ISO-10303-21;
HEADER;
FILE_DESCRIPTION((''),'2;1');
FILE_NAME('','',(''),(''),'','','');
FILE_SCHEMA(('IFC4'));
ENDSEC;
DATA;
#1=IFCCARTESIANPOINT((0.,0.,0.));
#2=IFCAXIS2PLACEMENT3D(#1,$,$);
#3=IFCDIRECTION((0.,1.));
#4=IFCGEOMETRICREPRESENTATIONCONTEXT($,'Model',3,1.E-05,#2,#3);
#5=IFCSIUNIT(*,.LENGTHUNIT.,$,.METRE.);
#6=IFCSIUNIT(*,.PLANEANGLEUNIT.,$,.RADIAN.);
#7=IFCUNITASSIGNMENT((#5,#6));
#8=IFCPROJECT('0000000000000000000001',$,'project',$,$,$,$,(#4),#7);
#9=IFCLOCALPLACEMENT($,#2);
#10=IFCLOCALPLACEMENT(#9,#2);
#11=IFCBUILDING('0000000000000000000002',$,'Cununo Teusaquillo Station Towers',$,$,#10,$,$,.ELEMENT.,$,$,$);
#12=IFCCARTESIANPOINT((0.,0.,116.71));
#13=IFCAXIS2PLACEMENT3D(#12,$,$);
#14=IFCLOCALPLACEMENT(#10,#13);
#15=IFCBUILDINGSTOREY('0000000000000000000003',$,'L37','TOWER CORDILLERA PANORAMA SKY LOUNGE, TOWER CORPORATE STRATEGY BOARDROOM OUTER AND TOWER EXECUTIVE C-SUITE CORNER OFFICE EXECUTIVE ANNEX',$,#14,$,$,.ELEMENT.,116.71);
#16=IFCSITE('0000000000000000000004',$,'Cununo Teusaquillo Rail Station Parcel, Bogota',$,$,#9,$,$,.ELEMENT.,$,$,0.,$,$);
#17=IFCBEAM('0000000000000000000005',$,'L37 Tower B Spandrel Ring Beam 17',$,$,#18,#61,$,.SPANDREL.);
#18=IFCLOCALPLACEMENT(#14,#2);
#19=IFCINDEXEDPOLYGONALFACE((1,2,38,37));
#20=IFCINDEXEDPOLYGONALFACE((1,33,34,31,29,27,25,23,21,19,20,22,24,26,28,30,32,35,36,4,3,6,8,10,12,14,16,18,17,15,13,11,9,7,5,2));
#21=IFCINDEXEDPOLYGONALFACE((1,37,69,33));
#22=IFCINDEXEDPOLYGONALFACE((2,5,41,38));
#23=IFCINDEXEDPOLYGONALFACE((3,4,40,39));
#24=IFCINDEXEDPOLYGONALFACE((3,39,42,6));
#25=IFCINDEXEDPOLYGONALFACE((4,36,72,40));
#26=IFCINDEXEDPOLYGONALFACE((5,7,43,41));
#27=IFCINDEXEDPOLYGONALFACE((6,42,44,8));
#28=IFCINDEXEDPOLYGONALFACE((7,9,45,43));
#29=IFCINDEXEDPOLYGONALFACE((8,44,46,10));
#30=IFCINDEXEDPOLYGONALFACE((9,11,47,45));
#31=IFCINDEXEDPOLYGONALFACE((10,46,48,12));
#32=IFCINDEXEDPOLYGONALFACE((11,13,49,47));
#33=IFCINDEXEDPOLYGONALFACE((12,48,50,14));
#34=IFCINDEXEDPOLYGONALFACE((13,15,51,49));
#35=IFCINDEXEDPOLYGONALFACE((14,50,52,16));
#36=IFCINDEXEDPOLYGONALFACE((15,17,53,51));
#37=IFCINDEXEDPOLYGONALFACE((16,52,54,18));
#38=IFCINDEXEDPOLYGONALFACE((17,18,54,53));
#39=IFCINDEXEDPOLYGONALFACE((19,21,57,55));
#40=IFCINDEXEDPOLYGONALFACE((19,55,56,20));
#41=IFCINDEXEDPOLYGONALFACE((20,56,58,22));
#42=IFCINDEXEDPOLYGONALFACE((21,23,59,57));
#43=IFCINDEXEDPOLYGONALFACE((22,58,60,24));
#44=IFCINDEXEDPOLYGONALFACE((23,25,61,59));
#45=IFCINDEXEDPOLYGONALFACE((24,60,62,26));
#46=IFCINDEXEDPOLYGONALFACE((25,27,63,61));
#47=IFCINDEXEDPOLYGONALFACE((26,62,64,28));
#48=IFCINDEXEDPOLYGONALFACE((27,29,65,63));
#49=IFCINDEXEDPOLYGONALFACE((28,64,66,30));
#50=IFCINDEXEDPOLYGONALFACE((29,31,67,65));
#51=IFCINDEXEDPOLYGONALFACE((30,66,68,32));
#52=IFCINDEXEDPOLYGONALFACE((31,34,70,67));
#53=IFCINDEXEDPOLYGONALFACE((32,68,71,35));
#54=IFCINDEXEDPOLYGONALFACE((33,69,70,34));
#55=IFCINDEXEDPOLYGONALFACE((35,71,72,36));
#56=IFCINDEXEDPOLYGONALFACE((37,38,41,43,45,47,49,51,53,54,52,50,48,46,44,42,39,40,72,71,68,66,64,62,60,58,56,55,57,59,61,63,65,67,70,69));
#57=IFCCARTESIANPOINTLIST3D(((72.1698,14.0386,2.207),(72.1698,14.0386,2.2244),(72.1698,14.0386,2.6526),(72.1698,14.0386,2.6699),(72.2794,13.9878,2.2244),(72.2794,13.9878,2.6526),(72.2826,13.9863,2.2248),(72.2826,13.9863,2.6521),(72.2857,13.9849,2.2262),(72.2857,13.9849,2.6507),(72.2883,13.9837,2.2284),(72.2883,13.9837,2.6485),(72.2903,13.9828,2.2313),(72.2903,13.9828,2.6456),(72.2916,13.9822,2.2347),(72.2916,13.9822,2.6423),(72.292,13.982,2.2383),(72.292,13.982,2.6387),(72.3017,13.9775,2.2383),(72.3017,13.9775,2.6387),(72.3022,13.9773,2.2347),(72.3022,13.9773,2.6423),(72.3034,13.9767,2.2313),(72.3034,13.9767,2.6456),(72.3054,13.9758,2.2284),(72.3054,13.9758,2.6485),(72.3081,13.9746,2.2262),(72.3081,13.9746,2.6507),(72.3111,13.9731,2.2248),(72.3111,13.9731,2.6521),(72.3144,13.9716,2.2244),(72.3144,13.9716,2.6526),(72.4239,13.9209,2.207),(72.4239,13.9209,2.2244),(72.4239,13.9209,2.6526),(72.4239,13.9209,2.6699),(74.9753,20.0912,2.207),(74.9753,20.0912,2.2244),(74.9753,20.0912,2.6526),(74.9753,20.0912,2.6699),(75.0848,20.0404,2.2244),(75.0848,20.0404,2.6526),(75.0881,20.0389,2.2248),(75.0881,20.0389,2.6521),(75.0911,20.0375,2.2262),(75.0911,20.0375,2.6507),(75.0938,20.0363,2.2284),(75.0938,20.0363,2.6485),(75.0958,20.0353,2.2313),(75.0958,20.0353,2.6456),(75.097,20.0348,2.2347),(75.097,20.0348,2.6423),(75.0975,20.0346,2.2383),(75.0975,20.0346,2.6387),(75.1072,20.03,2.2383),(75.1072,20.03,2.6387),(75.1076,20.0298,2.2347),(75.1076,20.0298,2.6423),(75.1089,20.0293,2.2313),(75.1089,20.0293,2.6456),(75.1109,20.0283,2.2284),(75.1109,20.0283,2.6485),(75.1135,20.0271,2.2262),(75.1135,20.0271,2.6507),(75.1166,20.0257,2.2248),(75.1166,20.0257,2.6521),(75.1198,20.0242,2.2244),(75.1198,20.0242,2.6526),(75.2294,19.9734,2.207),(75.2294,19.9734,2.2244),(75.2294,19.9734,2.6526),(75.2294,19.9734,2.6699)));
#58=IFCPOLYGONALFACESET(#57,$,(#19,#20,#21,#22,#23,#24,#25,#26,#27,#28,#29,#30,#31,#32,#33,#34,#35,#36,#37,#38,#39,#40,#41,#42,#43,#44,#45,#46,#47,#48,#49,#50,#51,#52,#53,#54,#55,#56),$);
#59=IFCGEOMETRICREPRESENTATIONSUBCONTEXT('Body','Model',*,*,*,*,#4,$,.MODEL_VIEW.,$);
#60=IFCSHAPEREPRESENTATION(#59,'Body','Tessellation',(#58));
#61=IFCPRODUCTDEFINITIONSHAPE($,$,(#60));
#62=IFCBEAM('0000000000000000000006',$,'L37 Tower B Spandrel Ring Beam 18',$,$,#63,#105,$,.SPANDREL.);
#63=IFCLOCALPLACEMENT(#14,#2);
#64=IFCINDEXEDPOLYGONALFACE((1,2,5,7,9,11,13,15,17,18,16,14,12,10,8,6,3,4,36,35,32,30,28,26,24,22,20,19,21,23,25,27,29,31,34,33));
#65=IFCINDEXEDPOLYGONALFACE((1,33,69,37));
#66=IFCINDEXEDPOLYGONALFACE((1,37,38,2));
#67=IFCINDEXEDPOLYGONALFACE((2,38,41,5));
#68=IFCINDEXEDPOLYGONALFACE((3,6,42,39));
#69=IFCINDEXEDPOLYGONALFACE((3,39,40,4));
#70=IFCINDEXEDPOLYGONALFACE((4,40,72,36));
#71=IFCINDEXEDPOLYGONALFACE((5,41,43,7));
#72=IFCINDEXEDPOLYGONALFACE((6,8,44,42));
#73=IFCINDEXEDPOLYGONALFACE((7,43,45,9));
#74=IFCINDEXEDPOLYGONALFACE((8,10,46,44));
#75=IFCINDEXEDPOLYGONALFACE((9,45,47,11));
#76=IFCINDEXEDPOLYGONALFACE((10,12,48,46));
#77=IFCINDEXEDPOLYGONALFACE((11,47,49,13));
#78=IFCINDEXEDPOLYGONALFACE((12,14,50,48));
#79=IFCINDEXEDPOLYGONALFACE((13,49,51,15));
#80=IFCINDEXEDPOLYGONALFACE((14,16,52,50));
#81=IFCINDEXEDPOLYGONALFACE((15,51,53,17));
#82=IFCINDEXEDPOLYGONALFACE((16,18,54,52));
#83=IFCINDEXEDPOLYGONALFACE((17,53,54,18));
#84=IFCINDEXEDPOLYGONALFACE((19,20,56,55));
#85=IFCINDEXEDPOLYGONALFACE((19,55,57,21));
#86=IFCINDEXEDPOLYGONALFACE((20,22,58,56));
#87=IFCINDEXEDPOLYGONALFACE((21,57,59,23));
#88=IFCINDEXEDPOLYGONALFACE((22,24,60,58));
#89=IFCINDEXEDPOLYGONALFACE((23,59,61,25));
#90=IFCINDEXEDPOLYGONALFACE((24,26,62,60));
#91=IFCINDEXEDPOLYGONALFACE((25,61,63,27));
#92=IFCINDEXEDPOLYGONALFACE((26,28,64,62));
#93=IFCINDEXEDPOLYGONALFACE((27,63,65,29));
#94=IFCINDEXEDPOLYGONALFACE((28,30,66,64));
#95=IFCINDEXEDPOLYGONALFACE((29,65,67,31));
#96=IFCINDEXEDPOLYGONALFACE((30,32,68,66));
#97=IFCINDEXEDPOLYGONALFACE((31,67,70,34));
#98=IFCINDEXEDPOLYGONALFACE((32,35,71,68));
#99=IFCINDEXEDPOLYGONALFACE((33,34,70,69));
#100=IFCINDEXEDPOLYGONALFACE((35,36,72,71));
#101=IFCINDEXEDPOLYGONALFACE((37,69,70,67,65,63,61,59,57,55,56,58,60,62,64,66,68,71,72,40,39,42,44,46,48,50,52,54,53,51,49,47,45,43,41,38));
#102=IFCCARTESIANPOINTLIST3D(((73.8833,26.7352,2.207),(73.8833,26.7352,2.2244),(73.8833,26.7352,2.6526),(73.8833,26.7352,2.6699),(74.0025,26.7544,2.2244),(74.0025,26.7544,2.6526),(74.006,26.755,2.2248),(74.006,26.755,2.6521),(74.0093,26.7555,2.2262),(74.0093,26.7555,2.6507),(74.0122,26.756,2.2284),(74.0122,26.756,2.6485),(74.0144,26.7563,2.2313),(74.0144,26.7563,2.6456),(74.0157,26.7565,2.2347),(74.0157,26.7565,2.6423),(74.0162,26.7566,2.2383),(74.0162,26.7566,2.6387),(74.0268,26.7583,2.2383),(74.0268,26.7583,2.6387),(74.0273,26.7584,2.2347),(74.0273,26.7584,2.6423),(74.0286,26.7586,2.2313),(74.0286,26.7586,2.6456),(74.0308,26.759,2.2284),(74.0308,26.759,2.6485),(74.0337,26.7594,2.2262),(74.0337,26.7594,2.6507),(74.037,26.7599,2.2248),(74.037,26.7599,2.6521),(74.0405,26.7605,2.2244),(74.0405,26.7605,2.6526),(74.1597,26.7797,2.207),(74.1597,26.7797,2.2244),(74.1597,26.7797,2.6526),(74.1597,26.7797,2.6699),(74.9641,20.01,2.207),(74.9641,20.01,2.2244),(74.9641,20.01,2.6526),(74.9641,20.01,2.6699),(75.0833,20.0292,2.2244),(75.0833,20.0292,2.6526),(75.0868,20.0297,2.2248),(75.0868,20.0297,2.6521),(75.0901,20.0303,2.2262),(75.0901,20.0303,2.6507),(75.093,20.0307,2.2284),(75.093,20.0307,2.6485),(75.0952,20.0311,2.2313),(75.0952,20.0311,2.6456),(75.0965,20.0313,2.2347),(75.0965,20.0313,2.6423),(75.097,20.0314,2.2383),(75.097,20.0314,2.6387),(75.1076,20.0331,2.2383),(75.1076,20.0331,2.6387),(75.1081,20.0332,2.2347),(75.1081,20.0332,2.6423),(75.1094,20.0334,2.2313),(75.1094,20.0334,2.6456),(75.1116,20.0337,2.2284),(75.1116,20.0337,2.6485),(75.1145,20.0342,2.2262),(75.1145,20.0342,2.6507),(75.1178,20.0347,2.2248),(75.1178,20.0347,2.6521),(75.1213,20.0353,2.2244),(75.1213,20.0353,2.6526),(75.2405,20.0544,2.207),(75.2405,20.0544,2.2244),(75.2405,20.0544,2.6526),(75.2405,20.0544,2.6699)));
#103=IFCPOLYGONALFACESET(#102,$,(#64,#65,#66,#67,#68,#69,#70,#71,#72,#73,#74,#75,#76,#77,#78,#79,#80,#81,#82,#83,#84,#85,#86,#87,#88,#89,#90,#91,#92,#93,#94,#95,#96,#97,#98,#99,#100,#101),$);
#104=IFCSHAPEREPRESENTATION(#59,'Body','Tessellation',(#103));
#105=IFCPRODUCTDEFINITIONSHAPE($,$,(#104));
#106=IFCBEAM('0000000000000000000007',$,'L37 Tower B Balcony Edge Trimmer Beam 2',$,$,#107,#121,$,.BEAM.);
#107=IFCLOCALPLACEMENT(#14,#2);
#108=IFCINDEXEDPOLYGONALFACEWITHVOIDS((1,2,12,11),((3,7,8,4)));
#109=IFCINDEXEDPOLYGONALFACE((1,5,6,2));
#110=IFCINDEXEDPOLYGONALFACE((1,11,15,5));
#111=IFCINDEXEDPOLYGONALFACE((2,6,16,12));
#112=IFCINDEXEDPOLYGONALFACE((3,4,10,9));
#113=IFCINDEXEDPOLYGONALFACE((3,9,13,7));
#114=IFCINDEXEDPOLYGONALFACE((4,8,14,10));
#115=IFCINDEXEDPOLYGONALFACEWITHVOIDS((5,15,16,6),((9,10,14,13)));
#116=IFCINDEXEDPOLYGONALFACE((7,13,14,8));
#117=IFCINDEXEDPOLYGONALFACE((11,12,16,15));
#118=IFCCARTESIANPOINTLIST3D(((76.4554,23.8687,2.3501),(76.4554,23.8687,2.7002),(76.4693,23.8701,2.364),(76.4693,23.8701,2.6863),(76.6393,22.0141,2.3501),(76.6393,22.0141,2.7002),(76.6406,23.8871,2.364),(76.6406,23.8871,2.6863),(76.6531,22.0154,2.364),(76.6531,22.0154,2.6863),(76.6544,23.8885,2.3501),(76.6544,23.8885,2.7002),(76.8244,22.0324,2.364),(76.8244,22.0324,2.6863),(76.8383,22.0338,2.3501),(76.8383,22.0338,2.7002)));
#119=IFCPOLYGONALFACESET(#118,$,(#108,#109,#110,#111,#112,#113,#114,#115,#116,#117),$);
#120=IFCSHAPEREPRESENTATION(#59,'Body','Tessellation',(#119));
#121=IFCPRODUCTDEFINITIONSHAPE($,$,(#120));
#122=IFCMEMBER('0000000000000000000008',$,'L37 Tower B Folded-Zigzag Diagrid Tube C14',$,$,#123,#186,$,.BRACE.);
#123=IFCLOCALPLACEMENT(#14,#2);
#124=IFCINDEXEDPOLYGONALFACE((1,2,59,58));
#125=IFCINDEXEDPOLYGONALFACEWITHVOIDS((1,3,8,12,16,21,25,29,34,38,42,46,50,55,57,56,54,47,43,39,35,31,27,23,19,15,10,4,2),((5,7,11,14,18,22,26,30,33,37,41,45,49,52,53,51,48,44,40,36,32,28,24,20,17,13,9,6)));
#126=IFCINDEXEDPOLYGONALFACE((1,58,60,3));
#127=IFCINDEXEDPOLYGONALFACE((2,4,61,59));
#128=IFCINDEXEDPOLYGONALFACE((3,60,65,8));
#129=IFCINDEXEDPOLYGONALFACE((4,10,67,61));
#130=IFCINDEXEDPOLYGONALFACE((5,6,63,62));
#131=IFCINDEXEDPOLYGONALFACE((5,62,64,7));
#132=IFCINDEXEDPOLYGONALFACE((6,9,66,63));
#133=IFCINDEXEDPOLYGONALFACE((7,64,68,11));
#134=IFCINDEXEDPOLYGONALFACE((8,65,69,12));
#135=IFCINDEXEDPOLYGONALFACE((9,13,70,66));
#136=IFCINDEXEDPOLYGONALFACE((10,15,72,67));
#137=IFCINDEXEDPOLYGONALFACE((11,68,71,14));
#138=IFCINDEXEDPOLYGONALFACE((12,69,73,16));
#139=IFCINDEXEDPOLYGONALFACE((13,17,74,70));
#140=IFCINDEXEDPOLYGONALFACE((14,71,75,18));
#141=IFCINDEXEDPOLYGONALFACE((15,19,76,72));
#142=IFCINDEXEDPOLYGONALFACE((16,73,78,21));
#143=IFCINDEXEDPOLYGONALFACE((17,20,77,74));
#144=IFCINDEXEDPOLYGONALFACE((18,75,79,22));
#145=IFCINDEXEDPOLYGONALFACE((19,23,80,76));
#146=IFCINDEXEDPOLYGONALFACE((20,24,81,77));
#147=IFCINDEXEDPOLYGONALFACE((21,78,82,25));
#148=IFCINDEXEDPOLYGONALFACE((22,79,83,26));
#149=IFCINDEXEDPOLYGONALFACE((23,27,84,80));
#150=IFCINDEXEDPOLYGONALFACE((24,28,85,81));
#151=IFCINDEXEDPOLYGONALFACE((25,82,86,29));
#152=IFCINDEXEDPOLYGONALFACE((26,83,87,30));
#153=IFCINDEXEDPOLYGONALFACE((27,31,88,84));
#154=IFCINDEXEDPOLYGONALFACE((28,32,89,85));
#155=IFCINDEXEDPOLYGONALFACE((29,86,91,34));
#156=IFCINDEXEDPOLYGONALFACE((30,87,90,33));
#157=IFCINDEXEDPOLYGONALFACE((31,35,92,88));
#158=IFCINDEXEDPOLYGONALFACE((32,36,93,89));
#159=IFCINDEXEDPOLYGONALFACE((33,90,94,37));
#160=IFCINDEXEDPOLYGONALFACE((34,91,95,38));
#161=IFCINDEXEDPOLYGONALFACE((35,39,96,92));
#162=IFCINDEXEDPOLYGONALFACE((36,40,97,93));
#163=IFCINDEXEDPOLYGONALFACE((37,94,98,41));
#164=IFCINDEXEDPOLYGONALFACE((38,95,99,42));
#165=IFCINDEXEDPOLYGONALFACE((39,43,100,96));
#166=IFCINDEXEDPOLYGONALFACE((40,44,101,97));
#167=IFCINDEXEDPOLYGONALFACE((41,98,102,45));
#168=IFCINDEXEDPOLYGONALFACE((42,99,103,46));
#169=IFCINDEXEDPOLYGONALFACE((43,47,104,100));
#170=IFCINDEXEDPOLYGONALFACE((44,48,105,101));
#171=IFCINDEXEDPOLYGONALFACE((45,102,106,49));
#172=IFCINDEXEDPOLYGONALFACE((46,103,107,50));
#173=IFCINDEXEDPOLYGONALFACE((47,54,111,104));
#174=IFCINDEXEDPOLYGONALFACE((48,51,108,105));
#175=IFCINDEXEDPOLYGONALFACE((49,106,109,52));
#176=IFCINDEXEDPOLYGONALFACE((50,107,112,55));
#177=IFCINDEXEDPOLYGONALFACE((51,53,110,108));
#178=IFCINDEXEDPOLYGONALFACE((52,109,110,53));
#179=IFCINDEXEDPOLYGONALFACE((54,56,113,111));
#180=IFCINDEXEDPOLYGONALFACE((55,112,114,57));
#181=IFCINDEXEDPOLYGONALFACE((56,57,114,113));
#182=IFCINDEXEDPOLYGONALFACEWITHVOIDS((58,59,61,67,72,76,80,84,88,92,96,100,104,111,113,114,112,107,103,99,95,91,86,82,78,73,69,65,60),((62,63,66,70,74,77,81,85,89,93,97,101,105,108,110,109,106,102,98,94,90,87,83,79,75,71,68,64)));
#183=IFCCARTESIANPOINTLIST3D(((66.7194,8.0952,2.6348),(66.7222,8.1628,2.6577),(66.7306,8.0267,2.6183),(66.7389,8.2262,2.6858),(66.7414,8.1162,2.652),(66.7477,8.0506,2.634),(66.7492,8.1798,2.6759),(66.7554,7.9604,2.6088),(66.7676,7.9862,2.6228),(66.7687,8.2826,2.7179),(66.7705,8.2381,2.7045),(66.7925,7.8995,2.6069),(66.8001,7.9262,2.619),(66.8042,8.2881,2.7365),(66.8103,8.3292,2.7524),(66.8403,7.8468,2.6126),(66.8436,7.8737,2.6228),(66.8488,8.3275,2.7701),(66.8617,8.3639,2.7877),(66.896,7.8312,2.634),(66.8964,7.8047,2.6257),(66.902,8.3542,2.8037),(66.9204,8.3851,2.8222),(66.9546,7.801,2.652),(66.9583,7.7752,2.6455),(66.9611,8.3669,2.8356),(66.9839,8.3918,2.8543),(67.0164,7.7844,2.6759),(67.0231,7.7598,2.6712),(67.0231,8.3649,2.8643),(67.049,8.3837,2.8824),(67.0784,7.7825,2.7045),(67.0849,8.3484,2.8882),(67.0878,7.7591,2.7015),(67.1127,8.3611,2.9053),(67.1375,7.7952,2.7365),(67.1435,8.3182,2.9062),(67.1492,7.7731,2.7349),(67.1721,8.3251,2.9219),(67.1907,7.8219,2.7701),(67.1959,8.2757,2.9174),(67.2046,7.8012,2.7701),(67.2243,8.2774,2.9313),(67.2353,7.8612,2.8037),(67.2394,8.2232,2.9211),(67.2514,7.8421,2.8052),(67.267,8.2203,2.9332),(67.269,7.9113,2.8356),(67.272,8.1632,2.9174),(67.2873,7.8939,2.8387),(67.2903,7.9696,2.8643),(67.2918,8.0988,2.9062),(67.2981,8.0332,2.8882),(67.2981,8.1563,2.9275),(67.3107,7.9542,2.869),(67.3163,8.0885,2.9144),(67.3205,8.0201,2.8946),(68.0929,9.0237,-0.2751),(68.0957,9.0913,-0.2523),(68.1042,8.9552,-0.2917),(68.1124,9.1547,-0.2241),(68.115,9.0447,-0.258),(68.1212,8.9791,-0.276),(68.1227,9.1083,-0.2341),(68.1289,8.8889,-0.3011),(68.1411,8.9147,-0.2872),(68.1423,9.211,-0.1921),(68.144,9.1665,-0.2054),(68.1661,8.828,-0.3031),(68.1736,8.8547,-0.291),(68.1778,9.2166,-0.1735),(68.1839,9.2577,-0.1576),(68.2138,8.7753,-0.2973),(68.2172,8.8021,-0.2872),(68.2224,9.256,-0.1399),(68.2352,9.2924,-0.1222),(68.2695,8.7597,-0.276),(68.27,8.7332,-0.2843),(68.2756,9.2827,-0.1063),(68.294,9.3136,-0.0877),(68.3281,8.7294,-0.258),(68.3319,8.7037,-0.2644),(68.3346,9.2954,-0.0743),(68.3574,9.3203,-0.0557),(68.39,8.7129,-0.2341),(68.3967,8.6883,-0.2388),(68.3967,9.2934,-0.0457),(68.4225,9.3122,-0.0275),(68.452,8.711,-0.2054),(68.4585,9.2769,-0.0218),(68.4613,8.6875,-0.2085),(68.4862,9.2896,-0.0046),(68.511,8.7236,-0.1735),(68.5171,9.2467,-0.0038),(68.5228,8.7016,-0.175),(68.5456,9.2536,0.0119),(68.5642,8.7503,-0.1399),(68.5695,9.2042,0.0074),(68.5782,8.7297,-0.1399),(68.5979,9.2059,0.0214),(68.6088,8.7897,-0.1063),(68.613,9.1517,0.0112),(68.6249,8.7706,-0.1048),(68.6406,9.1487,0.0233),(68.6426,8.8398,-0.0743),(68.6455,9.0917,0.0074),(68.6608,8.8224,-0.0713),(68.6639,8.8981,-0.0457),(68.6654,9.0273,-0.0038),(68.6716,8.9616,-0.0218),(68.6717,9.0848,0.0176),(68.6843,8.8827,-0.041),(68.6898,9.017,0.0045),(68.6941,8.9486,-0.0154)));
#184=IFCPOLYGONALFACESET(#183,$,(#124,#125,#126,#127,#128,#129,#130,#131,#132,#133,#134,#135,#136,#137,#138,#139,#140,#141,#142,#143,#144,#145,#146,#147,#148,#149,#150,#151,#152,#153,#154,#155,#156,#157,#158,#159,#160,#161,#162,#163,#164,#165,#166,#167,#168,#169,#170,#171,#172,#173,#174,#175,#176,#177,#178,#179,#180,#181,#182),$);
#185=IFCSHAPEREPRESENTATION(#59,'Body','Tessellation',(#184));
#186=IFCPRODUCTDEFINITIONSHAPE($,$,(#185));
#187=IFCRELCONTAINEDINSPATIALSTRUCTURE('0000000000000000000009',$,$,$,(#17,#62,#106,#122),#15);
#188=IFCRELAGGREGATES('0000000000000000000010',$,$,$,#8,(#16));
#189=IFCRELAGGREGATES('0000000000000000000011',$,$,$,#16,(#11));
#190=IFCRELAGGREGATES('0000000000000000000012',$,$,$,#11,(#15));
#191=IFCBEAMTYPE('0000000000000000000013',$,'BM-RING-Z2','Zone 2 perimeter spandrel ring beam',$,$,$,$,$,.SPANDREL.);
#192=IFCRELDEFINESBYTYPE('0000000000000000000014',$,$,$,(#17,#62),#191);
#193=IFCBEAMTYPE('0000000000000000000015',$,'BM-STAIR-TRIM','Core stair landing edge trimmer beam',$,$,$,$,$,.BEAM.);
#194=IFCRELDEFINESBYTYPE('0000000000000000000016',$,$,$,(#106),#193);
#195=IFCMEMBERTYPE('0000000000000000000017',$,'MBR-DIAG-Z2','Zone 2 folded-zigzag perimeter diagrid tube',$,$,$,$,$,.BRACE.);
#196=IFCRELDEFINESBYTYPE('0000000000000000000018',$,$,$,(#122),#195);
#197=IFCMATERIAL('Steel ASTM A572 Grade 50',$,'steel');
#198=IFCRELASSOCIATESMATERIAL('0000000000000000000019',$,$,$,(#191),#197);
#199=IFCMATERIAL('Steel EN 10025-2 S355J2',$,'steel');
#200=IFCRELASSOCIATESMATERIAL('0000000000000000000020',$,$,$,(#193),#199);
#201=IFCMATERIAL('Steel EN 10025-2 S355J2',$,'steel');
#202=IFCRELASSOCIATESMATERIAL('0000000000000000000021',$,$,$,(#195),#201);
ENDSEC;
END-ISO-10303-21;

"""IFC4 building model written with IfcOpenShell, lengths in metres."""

from ifc_helpers import new_model, si_unit, direction, frame, origin, origin_2d, place, context, subcontext, project, spatial, hollow_rectangle, hollow_circle, i_section, extrude, material, material_profile, profile_set, type_object, element, save


model = new_model("IFC4")

# Units and contexts
model_context = context("Model", 3, precision=1e-05, world=origin(), true_north=direction((0.0, 1.0)))
body_context = subcontext(model_context, "Body", "Model", "MODEL_VIEW")
ifc_project = project(units=[si_unit("LENGTHUNIT", "METRE"), si_unit("PLANEANGLEUNIT", "RADIAN")], contexts=[model_context])

# Site, building, storey
site_placement = place(None, origin())
site = spatial("IfcSite", under=ifc_project, at=site_placement, Name="Cununo Teusaquillo Rail Station Parcel, Bogota", CompositionType="ELEMENT", RefElevation=0.0)
building_placement = place(site_placement, origin())
building = spatial("IfcBuilding", under=site, at=building_placement, Name="Cununo Teusaquillo Station Towers", CompositionType="ELEMENT")
storey_placement = place(building_placement, frame((0.0, 0.0, 116.71)))
storey = spatial("IfcBuildingStorey", under=building, at=storey_placement, Name="L37", Description="TOWER CORDILLERA PANORAMA SKY LOUNGE, TOWER CORPORATE STRATEGY BOARDROOM OUTER AND TOWER EXECUTIVE C-SUITE CORNER OFFICE EXECUTIVE ANNEX", CompositionType="ELEMENT", Elevation=116.71)

# Beams
ifc_material_1 = material(Name="Steel ASTM A572 Grade 50", Category="steel")
ifc_material_profile_1 = material_profile(ifc_material_1, i_section(OverallWidth=0.28, OverallDepth=0.4629, WebThickness=0.0107, FlangeThickness=0.0173, FilletRadius=0.0139, at=origin_2d()), Name="W18X76")
ifc_profile_set_1 = profile_set([ifc_material_profile_1], Name="Steel ASTM A572 Grade 50")
beam_type_1 = type_object("IfcBeamType", Name="BM-RING-Z2", Description="Zone 2 perimeter spandrel ring beam", PredefinedType="SPANDREL", material=ifc_profile_set_1)
beam_1_placement = place(storey_placement, frame((72.2969, 13.9797, 2.4385), z_axis=(0.420536, 0.907276, 0.0), x_axis=(-0.907276, 0.420536, 0.0)))
element("IfcBeam", 1, at=beam_1_placement, inside=storey, type_object=beam_type_1, Name="L37 Tower B Spandrel Ring Beam 17", PredefinedType="SPANDREL", context=body_context, shape_type="SweptSolid", body=[
    extrude(i_section(OverallWidth=0.28, OverallDepth=0.4629, WebThickness=0.0107, FlangeThickness=0.0173, FilletRadius=0.0139, at=origin_2d()), origin(), (0.0, 0.0, 1.0), 6.6711),
])
beam_2_placement = place(storey_placement, frame((75.1023, 20.0322, 2.4385), z_axis=(-0.158671, 0.987331, 0.0), x_axis=(-0.987331, -0.158671, 0.0)))
element("IfcBeam", 2, at=beam_2_placement, inside=storey, type_object=beam_type_1, Name="L37 Tower B Spandrel Ring Beam 18", PredefinedType="SPANDREL", context=body_context, shape_type="SweptSolid", body=[
    extrude(i_section(OverallWidth=0.28, OverallDepth=0.4629, WebThickness=0.0107, FlangeThickness=0.0173, FilletRadius=0.0139, at=origin_2d()), origin(), (0.0, 0.0, 1.0), 6.8115),
])
ifc_material_2 = material(Name="Steel EN 10025-2 S355J2", Category="steel")
ifc_material_profile_2 = material_profile(ifc_material_2, hollow_rectangle(XDim=0.2, YDim=0.3501, WallThickness=0.0139, at=origin_2d()), Name="RHS 350x200x14")
ifc_profile_set_2 = profile_set([ifc_material_profile_2], Name="Steel EN 10025-2 S355J2")
beam_type_2 = type_object("IfcBeamType", Name="BM-STAIR-TRIM", Description="Core stair landing edge trimmer beam", PredefinedType="BEAM", material=ifc_profile_set_2)
beam_3_placement = place(storey_placement, frame((76.7388, 22.0239, 2.5251), z_axis=(-0.098635, 0.995124, 0.0), x_axis=(-0.995124, -0.098635, 0.0)))
element("IfcBeam", 3, at=beam_3_placement, inside=storey, type_object=beam_type_2, Name="L37 Tower B Balcony Edge Trimmer Beam 2", PredefinedType="BEAM", context=body_context, shape_type="SweptSolid", body=[
    extrude(hollow_rectangle(XDim=0.2, YDim=0.3501, WallThickness=0.0139, at=origin_2d()), origin(), (0.0, 0.0, 1.0), 1.8638),
])

# Member
ifc_material_3 = material(Name="Steel EN 10025-2 S355J2", Category="steel")
ifc_material_profile_3 = material_profile(ifc_material_3, hollow_circle(Radius=0.3301, WallThickness=0.0249, at=origin_2d()), Name="CHS 660x25")
ifc_profile_set_3 = profile_set([ifc_material_profile_3], Name="Steel EN 10025-2 S355J2")
member_type = type_object("IfcMemberType", Name="MBR-DIAG-Z2", Description="Zone 2 folded-zigzag perimeter diagrid tube", PredefinedType="BRACE", material=ifc_profile_set_3)
member_1_placement = place(storey_placement, frame((68.3933, 9.0032, -0.1399), z_axis=(-0.410125, -0.277232, 0.868873), x_axis=(0.560024, -0.828476, 0.0)))
element("IfcMember", 4, at=member_1_placement, inside=storey, type_object=member_type, Name="L37 Tower B Folded-Zigzag Diagrid Tube C14", PredefinedType="BRACE", context=body_context, shape_type="SweptSolid", body=[
    extrude(hollow_circle(Radius=0.3301, WallThickness=0.0249, at=origin_2d()), origin(), (0.0, 0.0, 1.0), 3.3491),
])

save(model, "model.ifc")
